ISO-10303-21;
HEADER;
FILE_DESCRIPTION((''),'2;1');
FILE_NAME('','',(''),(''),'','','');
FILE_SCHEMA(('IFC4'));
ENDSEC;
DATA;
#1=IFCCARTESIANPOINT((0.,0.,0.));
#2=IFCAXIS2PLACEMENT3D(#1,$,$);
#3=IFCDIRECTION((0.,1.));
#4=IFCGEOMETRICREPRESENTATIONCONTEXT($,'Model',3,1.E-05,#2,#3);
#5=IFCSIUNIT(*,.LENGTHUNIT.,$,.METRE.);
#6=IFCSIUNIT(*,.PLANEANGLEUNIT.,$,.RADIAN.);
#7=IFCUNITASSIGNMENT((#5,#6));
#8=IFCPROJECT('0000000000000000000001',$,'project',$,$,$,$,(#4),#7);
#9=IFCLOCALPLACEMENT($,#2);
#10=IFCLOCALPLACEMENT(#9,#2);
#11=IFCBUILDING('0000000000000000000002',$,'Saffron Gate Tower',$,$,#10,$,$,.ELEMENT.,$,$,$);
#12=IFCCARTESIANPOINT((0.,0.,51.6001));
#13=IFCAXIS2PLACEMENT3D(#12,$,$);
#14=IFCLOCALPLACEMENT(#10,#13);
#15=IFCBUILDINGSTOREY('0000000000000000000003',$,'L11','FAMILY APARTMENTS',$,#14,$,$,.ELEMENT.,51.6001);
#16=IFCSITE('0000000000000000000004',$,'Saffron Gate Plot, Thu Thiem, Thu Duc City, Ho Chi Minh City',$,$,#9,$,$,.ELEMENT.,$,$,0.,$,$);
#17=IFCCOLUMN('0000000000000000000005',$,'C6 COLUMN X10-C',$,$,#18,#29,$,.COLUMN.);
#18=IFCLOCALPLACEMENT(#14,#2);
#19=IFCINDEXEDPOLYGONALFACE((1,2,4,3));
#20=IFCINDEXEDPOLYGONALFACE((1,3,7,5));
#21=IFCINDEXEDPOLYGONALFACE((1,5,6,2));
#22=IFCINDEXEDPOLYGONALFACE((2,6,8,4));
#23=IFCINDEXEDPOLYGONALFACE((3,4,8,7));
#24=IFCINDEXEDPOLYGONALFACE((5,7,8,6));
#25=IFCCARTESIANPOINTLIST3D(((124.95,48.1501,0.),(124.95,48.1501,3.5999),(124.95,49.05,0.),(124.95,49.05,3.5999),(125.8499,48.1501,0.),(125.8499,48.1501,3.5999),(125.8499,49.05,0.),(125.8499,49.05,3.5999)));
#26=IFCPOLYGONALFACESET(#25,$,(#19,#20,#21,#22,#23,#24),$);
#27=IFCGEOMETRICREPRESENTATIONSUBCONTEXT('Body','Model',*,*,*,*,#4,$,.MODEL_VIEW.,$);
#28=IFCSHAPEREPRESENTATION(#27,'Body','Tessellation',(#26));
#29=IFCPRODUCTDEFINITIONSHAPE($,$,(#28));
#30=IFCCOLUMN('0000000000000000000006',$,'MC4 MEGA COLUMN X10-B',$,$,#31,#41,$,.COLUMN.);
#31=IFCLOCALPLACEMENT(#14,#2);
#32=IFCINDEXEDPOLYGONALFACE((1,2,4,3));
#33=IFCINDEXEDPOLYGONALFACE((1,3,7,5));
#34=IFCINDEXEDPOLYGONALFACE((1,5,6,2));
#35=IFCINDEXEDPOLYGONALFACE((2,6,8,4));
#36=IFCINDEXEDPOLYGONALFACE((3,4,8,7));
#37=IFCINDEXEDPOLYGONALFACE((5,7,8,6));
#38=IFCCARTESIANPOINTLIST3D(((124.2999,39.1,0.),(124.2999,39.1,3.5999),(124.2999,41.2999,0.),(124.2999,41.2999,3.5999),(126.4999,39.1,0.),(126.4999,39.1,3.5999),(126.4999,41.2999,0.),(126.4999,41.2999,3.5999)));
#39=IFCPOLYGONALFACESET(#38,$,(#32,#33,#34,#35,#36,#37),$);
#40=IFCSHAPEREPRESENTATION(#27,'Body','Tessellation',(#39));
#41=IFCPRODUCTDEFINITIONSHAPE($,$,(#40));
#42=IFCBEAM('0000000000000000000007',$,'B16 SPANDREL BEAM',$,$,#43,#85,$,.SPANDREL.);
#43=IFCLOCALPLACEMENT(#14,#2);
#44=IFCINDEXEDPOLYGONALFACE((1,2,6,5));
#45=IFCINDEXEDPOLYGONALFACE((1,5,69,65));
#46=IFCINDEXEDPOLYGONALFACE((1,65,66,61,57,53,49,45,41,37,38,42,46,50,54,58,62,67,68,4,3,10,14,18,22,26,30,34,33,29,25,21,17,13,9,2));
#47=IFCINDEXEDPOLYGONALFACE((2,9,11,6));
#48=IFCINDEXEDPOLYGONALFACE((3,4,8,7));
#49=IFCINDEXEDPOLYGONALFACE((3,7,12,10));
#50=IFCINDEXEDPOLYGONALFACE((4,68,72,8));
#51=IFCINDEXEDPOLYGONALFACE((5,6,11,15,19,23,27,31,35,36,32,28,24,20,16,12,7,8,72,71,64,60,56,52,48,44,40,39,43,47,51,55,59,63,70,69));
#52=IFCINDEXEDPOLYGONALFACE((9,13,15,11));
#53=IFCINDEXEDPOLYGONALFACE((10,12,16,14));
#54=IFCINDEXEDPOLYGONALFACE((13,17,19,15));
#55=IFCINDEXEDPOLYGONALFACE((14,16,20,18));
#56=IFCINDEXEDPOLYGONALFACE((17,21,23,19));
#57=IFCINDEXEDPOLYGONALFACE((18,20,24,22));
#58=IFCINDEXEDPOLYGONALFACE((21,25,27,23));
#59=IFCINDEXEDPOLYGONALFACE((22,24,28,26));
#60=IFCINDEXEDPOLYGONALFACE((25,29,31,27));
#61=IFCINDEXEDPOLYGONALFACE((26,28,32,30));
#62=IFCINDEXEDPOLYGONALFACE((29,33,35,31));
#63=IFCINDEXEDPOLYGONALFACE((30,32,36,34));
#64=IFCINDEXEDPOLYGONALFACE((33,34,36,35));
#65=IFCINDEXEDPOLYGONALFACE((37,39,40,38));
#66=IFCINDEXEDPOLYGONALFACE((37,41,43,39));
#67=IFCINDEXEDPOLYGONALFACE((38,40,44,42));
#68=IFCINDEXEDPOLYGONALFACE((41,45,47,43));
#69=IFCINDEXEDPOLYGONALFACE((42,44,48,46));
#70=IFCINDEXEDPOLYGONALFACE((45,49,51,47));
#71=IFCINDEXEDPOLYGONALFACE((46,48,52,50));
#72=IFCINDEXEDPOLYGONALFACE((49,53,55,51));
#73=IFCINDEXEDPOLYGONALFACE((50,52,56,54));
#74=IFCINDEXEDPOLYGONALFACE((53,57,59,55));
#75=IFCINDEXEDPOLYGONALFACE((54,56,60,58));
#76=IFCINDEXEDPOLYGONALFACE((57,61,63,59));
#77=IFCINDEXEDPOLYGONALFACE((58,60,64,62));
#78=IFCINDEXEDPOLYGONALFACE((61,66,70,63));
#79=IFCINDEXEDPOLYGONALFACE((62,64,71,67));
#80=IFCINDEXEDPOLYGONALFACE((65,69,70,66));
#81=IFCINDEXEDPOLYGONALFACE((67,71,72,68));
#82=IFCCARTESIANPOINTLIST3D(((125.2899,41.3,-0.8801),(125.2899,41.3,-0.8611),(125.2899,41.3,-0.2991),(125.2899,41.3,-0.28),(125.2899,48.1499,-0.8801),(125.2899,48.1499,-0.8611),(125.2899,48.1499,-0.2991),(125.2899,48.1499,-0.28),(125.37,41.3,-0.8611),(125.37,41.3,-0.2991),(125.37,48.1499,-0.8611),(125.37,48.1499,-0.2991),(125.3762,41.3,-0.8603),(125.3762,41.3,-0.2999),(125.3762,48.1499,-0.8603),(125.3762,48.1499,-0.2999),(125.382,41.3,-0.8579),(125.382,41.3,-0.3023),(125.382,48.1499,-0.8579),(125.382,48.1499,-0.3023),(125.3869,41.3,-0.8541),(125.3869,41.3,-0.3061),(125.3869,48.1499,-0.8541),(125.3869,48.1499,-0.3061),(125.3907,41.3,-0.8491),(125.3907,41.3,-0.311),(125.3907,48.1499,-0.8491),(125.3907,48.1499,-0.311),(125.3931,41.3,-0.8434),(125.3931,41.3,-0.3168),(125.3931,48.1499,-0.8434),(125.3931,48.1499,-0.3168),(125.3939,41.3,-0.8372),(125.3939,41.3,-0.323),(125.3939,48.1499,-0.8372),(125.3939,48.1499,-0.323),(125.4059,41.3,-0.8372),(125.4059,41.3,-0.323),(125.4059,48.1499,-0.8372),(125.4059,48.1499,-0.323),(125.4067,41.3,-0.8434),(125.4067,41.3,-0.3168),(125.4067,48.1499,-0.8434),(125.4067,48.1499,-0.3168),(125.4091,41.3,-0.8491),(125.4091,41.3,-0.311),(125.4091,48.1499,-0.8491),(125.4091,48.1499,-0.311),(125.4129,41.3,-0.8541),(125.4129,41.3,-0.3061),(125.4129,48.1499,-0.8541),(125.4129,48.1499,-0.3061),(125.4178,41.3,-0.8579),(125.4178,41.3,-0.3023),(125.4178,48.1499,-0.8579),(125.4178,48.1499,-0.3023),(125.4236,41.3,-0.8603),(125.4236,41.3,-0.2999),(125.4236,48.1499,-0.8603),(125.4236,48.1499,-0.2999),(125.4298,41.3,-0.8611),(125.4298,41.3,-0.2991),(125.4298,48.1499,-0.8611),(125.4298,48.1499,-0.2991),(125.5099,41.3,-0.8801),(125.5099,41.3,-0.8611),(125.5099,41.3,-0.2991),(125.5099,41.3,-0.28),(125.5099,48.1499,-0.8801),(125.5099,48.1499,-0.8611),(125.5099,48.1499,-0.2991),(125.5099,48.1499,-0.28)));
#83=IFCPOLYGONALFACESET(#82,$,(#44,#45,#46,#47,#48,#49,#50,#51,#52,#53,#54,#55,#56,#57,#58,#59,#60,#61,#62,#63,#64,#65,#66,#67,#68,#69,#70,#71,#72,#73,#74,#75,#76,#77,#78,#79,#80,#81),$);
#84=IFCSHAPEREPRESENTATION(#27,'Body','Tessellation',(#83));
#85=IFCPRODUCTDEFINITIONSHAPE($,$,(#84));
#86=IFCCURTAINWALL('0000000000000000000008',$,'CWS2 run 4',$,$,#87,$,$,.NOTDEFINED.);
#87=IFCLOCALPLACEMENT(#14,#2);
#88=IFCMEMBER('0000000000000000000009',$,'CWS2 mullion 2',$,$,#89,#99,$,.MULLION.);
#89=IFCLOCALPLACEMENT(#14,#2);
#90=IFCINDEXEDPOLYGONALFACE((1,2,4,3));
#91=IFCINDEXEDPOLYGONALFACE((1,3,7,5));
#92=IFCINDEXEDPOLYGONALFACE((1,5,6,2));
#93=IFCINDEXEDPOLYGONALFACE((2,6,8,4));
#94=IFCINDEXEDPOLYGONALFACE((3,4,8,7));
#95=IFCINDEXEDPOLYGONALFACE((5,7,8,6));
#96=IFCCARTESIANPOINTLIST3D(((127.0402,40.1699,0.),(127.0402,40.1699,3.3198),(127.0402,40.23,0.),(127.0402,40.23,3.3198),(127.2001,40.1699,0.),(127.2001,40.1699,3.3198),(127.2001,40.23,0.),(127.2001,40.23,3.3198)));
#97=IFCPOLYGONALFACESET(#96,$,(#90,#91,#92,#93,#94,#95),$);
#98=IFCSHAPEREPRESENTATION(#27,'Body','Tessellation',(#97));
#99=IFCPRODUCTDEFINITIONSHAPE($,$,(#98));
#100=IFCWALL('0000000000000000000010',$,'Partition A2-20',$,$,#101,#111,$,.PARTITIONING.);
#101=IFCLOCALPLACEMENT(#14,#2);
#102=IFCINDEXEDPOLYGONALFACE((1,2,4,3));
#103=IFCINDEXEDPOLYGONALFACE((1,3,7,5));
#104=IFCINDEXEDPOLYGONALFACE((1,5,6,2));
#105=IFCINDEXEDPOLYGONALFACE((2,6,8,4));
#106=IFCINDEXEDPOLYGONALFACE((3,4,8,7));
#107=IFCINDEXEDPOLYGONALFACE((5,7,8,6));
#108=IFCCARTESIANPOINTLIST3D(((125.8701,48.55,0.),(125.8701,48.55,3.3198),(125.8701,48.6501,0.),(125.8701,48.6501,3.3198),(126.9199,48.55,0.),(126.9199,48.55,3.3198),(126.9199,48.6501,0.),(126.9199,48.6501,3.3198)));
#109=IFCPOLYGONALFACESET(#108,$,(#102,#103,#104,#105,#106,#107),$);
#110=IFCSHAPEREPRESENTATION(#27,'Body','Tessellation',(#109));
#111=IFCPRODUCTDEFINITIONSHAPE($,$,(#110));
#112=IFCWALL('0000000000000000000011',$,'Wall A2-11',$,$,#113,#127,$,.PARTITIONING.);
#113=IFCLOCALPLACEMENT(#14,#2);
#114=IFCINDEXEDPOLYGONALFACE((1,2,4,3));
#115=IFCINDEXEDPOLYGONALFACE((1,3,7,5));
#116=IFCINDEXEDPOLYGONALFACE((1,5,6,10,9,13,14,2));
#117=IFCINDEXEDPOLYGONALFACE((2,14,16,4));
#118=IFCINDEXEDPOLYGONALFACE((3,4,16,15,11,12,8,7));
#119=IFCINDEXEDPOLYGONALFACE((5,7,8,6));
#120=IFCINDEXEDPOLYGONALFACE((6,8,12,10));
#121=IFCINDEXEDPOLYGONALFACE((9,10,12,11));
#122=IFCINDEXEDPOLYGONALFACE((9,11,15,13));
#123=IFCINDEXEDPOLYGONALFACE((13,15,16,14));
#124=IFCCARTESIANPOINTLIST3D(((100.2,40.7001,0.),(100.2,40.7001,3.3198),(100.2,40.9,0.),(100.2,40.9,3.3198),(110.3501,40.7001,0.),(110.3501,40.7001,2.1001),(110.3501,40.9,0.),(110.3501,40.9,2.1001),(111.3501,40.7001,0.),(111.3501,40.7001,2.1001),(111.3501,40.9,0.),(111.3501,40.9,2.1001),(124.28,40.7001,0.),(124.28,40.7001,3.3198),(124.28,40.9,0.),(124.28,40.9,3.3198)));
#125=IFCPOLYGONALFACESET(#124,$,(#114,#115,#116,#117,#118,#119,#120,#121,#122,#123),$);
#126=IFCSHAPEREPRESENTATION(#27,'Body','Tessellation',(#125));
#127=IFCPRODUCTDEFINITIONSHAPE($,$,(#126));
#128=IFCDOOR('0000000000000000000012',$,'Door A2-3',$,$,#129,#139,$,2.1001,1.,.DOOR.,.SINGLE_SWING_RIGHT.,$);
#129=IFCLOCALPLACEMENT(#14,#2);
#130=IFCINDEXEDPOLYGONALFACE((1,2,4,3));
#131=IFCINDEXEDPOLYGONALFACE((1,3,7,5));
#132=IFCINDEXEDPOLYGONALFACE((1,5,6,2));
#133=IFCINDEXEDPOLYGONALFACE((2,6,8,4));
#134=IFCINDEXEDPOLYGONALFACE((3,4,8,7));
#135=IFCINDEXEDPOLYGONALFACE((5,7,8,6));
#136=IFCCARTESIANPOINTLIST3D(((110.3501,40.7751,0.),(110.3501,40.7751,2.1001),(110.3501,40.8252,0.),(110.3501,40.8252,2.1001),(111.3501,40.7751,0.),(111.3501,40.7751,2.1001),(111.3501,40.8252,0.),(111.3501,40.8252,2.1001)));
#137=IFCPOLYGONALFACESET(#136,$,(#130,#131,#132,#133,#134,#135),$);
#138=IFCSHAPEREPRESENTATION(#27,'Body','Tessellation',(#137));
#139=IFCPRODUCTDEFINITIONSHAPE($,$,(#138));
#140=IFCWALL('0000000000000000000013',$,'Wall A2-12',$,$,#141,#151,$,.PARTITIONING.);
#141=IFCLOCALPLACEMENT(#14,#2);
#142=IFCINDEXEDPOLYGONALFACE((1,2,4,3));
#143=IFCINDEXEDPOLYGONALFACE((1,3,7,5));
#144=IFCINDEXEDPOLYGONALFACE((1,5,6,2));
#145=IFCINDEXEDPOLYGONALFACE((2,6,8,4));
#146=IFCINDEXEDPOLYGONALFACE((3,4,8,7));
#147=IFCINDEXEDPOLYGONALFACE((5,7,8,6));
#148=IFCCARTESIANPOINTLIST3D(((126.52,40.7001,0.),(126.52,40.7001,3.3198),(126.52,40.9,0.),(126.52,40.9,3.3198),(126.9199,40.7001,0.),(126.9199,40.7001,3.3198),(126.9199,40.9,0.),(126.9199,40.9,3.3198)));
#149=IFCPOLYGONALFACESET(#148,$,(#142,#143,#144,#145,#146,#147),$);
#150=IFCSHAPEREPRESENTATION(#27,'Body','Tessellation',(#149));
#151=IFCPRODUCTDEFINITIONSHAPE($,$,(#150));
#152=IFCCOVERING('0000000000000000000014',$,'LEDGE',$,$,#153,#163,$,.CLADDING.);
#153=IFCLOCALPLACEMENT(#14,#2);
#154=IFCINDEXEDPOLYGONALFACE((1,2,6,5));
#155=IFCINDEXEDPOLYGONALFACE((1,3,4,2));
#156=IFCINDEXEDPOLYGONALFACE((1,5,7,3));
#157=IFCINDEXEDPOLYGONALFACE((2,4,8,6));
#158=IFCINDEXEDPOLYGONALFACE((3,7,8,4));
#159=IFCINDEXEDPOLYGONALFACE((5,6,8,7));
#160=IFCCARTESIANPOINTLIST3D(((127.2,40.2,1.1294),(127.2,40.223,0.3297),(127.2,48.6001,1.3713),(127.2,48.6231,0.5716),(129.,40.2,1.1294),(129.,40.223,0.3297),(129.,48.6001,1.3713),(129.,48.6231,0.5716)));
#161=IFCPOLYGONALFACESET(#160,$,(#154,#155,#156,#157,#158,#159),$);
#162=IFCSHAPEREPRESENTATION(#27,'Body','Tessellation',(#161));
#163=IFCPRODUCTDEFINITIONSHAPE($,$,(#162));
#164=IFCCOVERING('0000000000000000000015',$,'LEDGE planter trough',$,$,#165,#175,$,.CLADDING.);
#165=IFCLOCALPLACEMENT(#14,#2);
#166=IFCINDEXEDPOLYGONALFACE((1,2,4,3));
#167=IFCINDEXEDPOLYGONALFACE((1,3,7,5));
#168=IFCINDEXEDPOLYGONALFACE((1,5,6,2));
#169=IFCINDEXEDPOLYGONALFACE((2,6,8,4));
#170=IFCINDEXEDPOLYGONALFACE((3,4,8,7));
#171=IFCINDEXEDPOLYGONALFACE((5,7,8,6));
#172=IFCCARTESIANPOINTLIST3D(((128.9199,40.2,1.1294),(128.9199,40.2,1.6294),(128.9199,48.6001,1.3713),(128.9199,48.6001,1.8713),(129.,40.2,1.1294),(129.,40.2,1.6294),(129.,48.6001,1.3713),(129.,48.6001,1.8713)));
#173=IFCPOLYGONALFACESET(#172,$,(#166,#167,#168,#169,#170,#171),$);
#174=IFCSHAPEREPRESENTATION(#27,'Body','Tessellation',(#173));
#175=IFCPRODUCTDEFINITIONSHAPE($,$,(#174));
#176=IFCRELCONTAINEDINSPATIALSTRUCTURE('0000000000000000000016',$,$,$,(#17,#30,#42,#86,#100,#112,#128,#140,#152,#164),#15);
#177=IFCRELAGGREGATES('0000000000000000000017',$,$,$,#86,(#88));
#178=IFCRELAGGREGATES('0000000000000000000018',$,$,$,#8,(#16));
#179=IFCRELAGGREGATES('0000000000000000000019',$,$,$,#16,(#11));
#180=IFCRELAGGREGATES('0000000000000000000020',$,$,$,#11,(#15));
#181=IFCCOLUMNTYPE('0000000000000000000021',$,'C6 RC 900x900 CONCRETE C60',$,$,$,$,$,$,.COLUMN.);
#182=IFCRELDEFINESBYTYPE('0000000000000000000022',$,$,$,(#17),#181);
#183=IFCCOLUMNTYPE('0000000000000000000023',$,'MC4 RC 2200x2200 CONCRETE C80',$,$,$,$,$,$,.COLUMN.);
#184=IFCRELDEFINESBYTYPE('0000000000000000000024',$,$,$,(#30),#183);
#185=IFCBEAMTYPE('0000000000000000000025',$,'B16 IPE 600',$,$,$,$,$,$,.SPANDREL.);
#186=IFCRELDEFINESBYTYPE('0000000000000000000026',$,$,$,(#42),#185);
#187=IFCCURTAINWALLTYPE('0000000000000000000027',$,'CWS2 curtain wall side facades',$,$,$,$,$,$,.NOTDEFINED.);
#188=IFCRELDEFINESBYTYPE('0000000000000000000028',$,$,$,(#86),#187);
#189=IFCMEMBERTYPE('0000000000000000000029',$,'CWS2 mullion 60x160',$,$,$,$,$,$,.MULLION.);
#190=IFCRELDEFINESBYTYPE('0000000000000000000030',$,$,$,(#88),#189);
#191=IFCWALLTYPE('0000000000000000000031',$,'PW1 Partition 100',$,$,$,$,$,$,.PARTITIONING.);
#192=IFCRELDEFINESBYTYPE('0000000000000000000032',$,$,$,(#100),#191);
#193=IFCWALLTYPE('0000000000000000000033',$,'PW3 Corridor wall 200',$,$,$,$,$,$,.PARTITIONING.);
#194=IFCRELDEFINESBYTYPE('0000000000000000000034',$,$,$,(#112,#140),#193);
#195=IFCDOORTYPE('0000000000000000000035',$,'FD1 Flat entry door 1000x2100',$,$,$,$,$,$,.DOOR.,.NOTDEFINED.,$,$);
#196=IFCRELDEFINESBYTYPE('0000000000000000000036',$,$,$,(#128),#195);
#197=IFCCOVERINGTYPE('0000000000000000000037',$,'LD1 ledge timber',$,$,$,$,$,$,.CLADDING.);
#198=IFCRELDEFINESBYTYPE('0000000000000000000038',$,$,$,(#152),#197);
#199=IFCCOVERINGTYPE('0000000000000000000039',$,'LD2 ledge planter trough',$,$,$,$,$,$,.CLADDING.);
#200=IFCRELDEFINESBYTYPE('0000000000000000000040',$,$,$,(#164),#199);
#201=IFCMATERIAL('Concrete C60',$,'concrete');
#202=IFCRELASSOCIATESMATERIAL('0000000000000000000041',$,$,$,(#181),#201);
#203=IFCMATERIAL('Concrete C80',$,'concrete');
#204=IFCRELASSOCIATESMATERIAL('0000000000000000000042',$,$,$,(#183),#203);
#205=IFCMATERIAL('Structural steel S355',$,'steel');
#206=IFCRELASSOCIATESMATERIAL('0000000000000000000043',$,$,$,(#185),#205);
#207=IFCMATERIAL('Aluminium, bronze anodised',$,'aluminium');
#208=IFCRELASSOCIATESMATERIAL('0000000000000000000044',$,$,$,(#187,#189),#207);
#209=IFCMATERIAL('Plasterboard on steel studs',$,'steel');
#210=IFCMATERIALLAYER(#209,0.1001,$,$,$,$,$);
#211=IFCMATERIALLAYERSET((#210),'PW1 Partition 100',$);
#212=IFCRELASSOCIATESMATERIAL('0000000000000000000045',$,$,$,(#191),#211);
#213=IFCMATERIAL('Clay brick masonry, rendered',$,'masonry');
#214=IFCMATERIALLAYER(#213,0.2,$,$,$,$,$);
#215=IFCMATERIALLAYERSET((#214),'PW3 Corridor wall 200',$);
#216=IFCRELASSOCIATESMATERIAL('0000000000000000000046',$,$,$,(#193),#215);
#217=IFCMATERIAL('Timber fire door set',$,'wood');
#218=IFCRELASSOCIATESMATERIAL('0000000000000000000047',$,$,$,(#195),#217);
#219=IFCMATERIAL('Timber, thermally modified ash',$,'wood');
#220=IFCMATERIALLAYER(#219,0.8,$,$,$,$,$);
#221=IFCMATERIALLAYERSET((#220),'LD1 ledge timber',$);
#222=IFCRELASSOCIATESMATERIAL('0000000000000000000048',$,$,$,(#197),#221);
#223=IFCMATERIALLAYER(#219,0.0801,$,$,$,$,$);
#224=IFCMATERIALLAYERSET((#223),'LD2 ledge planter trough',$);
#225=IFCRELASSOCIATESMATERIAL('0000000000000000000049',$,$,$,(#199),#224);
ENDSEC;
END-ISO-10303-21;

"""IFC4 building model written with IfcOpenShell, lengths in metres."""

from ifc_helpers import new_model, si_unit, direction, frame, frame_2d, origin, origin_2d, place, context, subcontext, project, spatial, polyline, rectangle, i_section, outline, extrude, material, layer, layer_set, material_profile, profile_set, type_object, element, fill, aggregate, save


model = new_model("IFC4")

# Units and contexts
model_context = context("Model", 3, precision=1e-05, world=origin(), true_north=direction((0.0, 1.0)))
body_context = subcontext(model_context, "Body", "Model", "MODEL_VIEW")
ifc_project = project(units=[si_unit("LENGTHUNIT", "METRE"), si_unit("PLANEANGLEUNIT", "RADIAN")], contexts=[model_context])

# Site, building, storey
site_placement = place(None, origin())
site = spatial("IfcSite", under=ifc_project, at=site_placement, Name="Saffron Gate Plot, Thu Thiem, Thu Duc City, Ho Chi Minh City", CompositionType="ELEMENT", RefElevation=0.0)
building_placement = place(site_placement, origin())
building = spatial("IfcBuilding", under=site, at=building_placement, Name="Saffron Gate Tower", CompositionType="ELEMENT")
storey_placement = place(building_placement, frame((0.0, 0.0, 51.6001)))
storey = spatial("IfcBuildingStorey", under=building, at=storey_placement, Name="L11", Description="FAMILY APARTMENTS", CompositionType="ELEMENT", Elevation=51.6001)

# Columns
ifc_material_1 = material(Name="Concrete C60", Category="concrete")
ifc_material_profile_1 = material_profile(ifc_material_1, rectangle(XDim=0.8999, YDim=0.8999, at=origin_2d()))
ifc_profile_set_1 = profile_set([ifc_material_profile_1], Name="Concrete C60")
column_type_1 = type_object("IfcColumnType", Name="C6 RC 900x900 CONCRETE C60", PredefinedType="COLUMN", material=ifc_profile_set_1)
column_1_placement = place(storey_placement, frame((125.3999, 48.6001, 0.0), z_axis=(0.0, 0.0, 1.0), x_axis=(1.0, 0.0, 0.0)))
element("IfcColumn", 1, at=column_1_placement, inside=storey, type_object=column_type_1, Name="C6 COLUMN X10-C", PredefinedType="COLUMN", context=body_context, shape_type="SweptSolid", body=[
    extrude(rectangle(XDim=0.8999, YDim=0.8999, at=origin_2d()), origin(), (0.0, 0.0, 1.0), 3.5999),
])
ifc_material_2 = material(Name="Concrete C80", Category="concrete")
ifc_material_profile_2 = material_profile(ifc_material_2, rectangle(XDim=2.2, YDim=2.2, at=origin_2d()))
ifc_profile_set_2 = profile_set([ifc_material_profile_2], Name="Concrete C80")
column_type_2 = type_object("IfcColumnType", Name="MC4 RC 2200x2200 CONCRETE C80", PredefinedType="COLUMN", material=ifc_profile_set_2)
column_2_placement = place(storey_placement, frame((125.3999, 40.2, 0.0), z_axis=(0.0, 0.0, 1.0), x_axis=(1.0, 0.0, 0.0)))
element("IfcColumn", 2, at=column_2_placement, inside=storey, type_object=column_type_2, Name="MC4 MEGA COLUMN X10-B", PredefinedType="COLUMN", context=body_context, shape_type="SweptSolid", body=[
    extrude(rectangle(XDim=2.2, YDim=2.2, at=origin_2d()), origin(), (0.0, 0.0, 1.0), 3.5999),
])

# Beam
ifc_material_3 = material(Name="Structural steel S355", Category="steel")
ifc_material_profile_3 = material_profile(ifc_material_3, i_section(OverallWidth=0.22, OverallDepth=0.6001, WebThickness=0.012, FlangeThickness=0.019, FilletRadius=0.0239, at=origin_2d()))
ifc_profile_set_3 = profile_set([ifc_material_profile_3], Name="Structural steel S355")
beam_type = type_object("IfcBeamType", Name="B16 IPE 600", PredefinedType="SPANDREL", material=ifc_profile_set_3)
beam_placement = place(storey_placement, frame((125.3999, 41.3, -0.5801), z_axis=(0.0, 1.0, 0.0), x_axis=(-1.0, 0.0, 0.0)))
element("IfcBeam", 3, at=beam_placement, inside=storey, type_object=beam_type, Name="B16 SPANDREL BEAM", PredefinedType="SPANDREL", context=body_context, shape_type="SweptSolid", body=[
    extrude(i_section(OverallWidth=0.22, OverallDepth=0.6001, WebThickness=0.012, FlangeThickness=0.019, FilletRadius=0.0239, at=origin_2d()), origin(), (0.0, 0.0, 1.0), 6.8499),
])

# Curtain wall, member
ifc_material_4 = material(Name="Aluminium, bronze anodised", Category="aluminium")
curtain_wall_type = type_object("IfcCurtainWallType", Name="CWS2 curtain wall side facades", PredefinedType="NOTDEFINED", material=ifc_material_4)
curtain_wall_placement = place(storey_placement, origin())
curtain_wall = element("IfcCurtainWall", 4, at=curtain_wall_placement, inside=storey, type_object=curtain_wall_type, Name="CWS2 run 4", PredefinedType="NOTDEFINED")
ifc_material_profile_4 = material_profile(ifc_material_4, rectangle(XDim=0.1599, YDim=0.0601, at=origin_2d()))
ifc_profile_set_4 = profile_set([ifc_material_profile_4], Name="Aluminium, bronze anodised")
member_type = type_object("IfcMemberType", Name="CWS2 mullion 60x160", PredefinedType="MULLION", material=ifc_profile_set_4)
member_placement = place(storey_placement, frame((127.1201, 40.2, 0.0), z_axis=(0.0, 0.0, 1.0), x_axis=(-1.0, 0.0, 0.0)))
member = element("IfcMember", 5, at=member_placement, type_object=member_type, Name="CWS2 mullion 2", PredefinedType="MULLION", context=body_context, shape_type="SweptSolid", body=[
    extrude(rectangle(XDim=0.1599, YDim=0.0601, at=origin_2d()), origin(), (0.0, 0.0, 1.0), 3.3198),
])
aggregate(curtain_wall, [member])

# Wall
ifc_material_5 = material(Name="Plasterboard on steel studs", Category="steel")
ifc_layer_1 = layer(ifc_material_5, 0.1001)
ifc_layer_set_1 = layer_set([ifc_layer_1], Name="PW1 Partition 100")
wall_type_1 = type_object("IfcWallType", Name="PW1 Partition 100", PredefinedType="PARTITIONING", material=ifc_layer_set_1)
wall_1_placement = place(storey_placement, frame((125.8701, 48.6001, 0.0), z_axis=(0.0, 0.0, 1.0), x_axis=(1.0, 0.0, 0.0)))
element("IfcWall", 6, at=wall_1_placement, inside=storey, type_object=wall_type_1, Name="Partition A2-20", PredefinedType="PARTITIONING", context=body_context, shape_type="SweptSolid", body=[
    extrude(rectangle(XDim=1.0498, YDim=0.1001, at=frame_2d((0.5249, 0.0))), origin(), (0.0, 0.0, 1.0), 3.3198),
])

# Wall, opening, door
ifc_material_6 = material(Name="Clay brick masonry, rendered", Category="masonry")
ifc_layer_2 = layer(ifc_material_6, 0.2)
ifc_layer_set_2 = layer_set([ifc_layer_2], Name="PW3 Corridor wall 200")
wall_type_2 = type_object("IfcWallType", Name="PW3 Corridor wall 200", PredefinedType="PARTITIONING", material=ifc_layer_set_2)
wall_2_placement = place(storey_placement, frame((124.28, 40.8, 0.0), z_axis=(0.0, 0.0, 1.0), x_axis=(-1.0, 0.0, 0.0)))
wall_2 = element("IfcWall", 7, at=wall_2_placement, inside=storey, type_object=wall_type_2, Name="Wall A2-11", PredefinedType="PARTITIONING", context=body_context, shape_type="SweptSolid", body=[
    extrude(rectangle(XDim=24.0801, YDim=0.2, at=frame_2d((12.04, 0.0))), origin(), (0.0, 0.0, 1.0), 3.3198),
])
opening_placement = place(wall_2_placement, frame((12.9299, 0.0, 0.0)))
opening = element("IfcOpeningElement", 8, at=opening_placement, cuts=wall_2, PredefinedType="OPENING", context=body_context, shape_type="SweptSolid", body=[
    extrude(rectangle(XDim=1.0, YDim=2.1001, at=frame_2d((0.5, 1.05))), frame((0.0, 0.1099, 0.0), z_axis=(0.0, -1.0, 0.0), x_axis=(1.0, 0.0, 0.0)), (0.0, 0.0, 1.0), 0.22),
])
ifc_material_7 = material(Name="Timber fire door set", Category="wood")
door_type = type_object("IfcDoorType", Name="FD1 Flat entry door 1000x2100", OperationType="NOTDEFINED", PredefinedType="DOOR", material=ifc_material_7)
door_placement = place(opening_placement, origin())
door = element("IfcDoor", 9, at=door_placement, inside=storey, type_object=door_type, Name="Door A2-3", OperationType="SINGLE_SWING_RIGHT", OverallHeight=2.1001, OverallWidth=1.0, PredefinedType="DOOR", context=body_context, shape_type="SweptSolid", body=[
    extrude(rectangle(XDim=1.0, YDim=2.1001, at=frame_2d((0.5, 1.05))), frame((0.0, 0.0249, 0.0), z_axis=(0.0, -1.0, 0.0), x_axis=(1.0, 0.0, 0.0)), (0.0, 0.0, 1.0), 0.05),
])
fill(opening, door)

# Wall
wall_3_placement = place(storey_placement, frame((126.52, 40.8, 0.0), z_axis=(0.0, 0.0, 1.0), x_axis=(1.0, 0.0, 0.0)))
element("IfcWall", 10, at=wall_3_placement, inside=storey, type_object=wall_type_2, Name="Wall A2-12", PredefinedType="PARTITIONING", context=body_context, shape_type="SweptSolid", body=[
    extrude(rectangle(XDim=0.3999, YDim=0.2, at=frame_2d((0.2, 0.0))), origin(), (0.0, 0.0, 1.0), 3.3198),
])

# Coverings
ifc_material_8 = material(Name="Timber, thermally modified ash", Category="wood")
ifc_layer_3 = layer(ifc_material_8, 0.8)
ifc_layer_set_3 = layer_set([ifc_layer_3], Name="LD1 ledge timber")
covering_type_1 = type_object("IfcCoveringType", Name="LD1 ledge timber", PredefinedType="CLADDING", material=ifc_layer_set_3)
covering_1_placement = place(storey_placement, frame((127.2, 40.2, 1.1294), z_axis=(0.0, -0.02879, 0.999585), x_axis=(0.0, 0.999585, 0.02879)))
element("IfcCovering", 11, at=covering_1_placement, inside=storey, type_object=covering_type_1, Name="LEDGE", PredefinedType="CLADDING", context=body_context, shape_type="SweptSolid", body=[
    extrude(outline(polyline([(0.0, 0.0), (8.4036, 0.0), (8.4036, -1.8), (0.0, -1.8), (0.0, 0.0)])), origin(), (0.0, 0.0, -1.0), 0.8),
])
ifc_layer_4 = layer(ifc_material_8, 0.0801)
ifc_layer_set_4 = layer_set([ifc_layer_4], Name="LD2 ledge planter trough")
covering_type_2 = type_object("IfcCoveringType", Name="LD2 ledge planter trough", PredefinedType="CLADDING", material=ifc_layer_set_4)
covering_2_placement = place(storey_placement, frame((129.0, 40.2, 1.1294), z_axis=(1.0, 0.0, 0.0), x_axis=(0.0, 0.999585, 0.02879)))
element("IfcCovering", 12, at=covering_2_placement, inside=storey, type_object=covering_type_2, Name="LEDGE planter trough", PredefinedType="CLADDING", context=body_context, shape_type="SweptSolid", body=[
    extrude(outline(polyline([(0.0, 0.0), (8.4036, 0.0), (8.418, 0.4998), (0.0144, 0.4998), (0.0, 0.0)])), origin(), (0.0, 0.0, -1.0), 0.0801),
])

save(model, "model.ifc")
